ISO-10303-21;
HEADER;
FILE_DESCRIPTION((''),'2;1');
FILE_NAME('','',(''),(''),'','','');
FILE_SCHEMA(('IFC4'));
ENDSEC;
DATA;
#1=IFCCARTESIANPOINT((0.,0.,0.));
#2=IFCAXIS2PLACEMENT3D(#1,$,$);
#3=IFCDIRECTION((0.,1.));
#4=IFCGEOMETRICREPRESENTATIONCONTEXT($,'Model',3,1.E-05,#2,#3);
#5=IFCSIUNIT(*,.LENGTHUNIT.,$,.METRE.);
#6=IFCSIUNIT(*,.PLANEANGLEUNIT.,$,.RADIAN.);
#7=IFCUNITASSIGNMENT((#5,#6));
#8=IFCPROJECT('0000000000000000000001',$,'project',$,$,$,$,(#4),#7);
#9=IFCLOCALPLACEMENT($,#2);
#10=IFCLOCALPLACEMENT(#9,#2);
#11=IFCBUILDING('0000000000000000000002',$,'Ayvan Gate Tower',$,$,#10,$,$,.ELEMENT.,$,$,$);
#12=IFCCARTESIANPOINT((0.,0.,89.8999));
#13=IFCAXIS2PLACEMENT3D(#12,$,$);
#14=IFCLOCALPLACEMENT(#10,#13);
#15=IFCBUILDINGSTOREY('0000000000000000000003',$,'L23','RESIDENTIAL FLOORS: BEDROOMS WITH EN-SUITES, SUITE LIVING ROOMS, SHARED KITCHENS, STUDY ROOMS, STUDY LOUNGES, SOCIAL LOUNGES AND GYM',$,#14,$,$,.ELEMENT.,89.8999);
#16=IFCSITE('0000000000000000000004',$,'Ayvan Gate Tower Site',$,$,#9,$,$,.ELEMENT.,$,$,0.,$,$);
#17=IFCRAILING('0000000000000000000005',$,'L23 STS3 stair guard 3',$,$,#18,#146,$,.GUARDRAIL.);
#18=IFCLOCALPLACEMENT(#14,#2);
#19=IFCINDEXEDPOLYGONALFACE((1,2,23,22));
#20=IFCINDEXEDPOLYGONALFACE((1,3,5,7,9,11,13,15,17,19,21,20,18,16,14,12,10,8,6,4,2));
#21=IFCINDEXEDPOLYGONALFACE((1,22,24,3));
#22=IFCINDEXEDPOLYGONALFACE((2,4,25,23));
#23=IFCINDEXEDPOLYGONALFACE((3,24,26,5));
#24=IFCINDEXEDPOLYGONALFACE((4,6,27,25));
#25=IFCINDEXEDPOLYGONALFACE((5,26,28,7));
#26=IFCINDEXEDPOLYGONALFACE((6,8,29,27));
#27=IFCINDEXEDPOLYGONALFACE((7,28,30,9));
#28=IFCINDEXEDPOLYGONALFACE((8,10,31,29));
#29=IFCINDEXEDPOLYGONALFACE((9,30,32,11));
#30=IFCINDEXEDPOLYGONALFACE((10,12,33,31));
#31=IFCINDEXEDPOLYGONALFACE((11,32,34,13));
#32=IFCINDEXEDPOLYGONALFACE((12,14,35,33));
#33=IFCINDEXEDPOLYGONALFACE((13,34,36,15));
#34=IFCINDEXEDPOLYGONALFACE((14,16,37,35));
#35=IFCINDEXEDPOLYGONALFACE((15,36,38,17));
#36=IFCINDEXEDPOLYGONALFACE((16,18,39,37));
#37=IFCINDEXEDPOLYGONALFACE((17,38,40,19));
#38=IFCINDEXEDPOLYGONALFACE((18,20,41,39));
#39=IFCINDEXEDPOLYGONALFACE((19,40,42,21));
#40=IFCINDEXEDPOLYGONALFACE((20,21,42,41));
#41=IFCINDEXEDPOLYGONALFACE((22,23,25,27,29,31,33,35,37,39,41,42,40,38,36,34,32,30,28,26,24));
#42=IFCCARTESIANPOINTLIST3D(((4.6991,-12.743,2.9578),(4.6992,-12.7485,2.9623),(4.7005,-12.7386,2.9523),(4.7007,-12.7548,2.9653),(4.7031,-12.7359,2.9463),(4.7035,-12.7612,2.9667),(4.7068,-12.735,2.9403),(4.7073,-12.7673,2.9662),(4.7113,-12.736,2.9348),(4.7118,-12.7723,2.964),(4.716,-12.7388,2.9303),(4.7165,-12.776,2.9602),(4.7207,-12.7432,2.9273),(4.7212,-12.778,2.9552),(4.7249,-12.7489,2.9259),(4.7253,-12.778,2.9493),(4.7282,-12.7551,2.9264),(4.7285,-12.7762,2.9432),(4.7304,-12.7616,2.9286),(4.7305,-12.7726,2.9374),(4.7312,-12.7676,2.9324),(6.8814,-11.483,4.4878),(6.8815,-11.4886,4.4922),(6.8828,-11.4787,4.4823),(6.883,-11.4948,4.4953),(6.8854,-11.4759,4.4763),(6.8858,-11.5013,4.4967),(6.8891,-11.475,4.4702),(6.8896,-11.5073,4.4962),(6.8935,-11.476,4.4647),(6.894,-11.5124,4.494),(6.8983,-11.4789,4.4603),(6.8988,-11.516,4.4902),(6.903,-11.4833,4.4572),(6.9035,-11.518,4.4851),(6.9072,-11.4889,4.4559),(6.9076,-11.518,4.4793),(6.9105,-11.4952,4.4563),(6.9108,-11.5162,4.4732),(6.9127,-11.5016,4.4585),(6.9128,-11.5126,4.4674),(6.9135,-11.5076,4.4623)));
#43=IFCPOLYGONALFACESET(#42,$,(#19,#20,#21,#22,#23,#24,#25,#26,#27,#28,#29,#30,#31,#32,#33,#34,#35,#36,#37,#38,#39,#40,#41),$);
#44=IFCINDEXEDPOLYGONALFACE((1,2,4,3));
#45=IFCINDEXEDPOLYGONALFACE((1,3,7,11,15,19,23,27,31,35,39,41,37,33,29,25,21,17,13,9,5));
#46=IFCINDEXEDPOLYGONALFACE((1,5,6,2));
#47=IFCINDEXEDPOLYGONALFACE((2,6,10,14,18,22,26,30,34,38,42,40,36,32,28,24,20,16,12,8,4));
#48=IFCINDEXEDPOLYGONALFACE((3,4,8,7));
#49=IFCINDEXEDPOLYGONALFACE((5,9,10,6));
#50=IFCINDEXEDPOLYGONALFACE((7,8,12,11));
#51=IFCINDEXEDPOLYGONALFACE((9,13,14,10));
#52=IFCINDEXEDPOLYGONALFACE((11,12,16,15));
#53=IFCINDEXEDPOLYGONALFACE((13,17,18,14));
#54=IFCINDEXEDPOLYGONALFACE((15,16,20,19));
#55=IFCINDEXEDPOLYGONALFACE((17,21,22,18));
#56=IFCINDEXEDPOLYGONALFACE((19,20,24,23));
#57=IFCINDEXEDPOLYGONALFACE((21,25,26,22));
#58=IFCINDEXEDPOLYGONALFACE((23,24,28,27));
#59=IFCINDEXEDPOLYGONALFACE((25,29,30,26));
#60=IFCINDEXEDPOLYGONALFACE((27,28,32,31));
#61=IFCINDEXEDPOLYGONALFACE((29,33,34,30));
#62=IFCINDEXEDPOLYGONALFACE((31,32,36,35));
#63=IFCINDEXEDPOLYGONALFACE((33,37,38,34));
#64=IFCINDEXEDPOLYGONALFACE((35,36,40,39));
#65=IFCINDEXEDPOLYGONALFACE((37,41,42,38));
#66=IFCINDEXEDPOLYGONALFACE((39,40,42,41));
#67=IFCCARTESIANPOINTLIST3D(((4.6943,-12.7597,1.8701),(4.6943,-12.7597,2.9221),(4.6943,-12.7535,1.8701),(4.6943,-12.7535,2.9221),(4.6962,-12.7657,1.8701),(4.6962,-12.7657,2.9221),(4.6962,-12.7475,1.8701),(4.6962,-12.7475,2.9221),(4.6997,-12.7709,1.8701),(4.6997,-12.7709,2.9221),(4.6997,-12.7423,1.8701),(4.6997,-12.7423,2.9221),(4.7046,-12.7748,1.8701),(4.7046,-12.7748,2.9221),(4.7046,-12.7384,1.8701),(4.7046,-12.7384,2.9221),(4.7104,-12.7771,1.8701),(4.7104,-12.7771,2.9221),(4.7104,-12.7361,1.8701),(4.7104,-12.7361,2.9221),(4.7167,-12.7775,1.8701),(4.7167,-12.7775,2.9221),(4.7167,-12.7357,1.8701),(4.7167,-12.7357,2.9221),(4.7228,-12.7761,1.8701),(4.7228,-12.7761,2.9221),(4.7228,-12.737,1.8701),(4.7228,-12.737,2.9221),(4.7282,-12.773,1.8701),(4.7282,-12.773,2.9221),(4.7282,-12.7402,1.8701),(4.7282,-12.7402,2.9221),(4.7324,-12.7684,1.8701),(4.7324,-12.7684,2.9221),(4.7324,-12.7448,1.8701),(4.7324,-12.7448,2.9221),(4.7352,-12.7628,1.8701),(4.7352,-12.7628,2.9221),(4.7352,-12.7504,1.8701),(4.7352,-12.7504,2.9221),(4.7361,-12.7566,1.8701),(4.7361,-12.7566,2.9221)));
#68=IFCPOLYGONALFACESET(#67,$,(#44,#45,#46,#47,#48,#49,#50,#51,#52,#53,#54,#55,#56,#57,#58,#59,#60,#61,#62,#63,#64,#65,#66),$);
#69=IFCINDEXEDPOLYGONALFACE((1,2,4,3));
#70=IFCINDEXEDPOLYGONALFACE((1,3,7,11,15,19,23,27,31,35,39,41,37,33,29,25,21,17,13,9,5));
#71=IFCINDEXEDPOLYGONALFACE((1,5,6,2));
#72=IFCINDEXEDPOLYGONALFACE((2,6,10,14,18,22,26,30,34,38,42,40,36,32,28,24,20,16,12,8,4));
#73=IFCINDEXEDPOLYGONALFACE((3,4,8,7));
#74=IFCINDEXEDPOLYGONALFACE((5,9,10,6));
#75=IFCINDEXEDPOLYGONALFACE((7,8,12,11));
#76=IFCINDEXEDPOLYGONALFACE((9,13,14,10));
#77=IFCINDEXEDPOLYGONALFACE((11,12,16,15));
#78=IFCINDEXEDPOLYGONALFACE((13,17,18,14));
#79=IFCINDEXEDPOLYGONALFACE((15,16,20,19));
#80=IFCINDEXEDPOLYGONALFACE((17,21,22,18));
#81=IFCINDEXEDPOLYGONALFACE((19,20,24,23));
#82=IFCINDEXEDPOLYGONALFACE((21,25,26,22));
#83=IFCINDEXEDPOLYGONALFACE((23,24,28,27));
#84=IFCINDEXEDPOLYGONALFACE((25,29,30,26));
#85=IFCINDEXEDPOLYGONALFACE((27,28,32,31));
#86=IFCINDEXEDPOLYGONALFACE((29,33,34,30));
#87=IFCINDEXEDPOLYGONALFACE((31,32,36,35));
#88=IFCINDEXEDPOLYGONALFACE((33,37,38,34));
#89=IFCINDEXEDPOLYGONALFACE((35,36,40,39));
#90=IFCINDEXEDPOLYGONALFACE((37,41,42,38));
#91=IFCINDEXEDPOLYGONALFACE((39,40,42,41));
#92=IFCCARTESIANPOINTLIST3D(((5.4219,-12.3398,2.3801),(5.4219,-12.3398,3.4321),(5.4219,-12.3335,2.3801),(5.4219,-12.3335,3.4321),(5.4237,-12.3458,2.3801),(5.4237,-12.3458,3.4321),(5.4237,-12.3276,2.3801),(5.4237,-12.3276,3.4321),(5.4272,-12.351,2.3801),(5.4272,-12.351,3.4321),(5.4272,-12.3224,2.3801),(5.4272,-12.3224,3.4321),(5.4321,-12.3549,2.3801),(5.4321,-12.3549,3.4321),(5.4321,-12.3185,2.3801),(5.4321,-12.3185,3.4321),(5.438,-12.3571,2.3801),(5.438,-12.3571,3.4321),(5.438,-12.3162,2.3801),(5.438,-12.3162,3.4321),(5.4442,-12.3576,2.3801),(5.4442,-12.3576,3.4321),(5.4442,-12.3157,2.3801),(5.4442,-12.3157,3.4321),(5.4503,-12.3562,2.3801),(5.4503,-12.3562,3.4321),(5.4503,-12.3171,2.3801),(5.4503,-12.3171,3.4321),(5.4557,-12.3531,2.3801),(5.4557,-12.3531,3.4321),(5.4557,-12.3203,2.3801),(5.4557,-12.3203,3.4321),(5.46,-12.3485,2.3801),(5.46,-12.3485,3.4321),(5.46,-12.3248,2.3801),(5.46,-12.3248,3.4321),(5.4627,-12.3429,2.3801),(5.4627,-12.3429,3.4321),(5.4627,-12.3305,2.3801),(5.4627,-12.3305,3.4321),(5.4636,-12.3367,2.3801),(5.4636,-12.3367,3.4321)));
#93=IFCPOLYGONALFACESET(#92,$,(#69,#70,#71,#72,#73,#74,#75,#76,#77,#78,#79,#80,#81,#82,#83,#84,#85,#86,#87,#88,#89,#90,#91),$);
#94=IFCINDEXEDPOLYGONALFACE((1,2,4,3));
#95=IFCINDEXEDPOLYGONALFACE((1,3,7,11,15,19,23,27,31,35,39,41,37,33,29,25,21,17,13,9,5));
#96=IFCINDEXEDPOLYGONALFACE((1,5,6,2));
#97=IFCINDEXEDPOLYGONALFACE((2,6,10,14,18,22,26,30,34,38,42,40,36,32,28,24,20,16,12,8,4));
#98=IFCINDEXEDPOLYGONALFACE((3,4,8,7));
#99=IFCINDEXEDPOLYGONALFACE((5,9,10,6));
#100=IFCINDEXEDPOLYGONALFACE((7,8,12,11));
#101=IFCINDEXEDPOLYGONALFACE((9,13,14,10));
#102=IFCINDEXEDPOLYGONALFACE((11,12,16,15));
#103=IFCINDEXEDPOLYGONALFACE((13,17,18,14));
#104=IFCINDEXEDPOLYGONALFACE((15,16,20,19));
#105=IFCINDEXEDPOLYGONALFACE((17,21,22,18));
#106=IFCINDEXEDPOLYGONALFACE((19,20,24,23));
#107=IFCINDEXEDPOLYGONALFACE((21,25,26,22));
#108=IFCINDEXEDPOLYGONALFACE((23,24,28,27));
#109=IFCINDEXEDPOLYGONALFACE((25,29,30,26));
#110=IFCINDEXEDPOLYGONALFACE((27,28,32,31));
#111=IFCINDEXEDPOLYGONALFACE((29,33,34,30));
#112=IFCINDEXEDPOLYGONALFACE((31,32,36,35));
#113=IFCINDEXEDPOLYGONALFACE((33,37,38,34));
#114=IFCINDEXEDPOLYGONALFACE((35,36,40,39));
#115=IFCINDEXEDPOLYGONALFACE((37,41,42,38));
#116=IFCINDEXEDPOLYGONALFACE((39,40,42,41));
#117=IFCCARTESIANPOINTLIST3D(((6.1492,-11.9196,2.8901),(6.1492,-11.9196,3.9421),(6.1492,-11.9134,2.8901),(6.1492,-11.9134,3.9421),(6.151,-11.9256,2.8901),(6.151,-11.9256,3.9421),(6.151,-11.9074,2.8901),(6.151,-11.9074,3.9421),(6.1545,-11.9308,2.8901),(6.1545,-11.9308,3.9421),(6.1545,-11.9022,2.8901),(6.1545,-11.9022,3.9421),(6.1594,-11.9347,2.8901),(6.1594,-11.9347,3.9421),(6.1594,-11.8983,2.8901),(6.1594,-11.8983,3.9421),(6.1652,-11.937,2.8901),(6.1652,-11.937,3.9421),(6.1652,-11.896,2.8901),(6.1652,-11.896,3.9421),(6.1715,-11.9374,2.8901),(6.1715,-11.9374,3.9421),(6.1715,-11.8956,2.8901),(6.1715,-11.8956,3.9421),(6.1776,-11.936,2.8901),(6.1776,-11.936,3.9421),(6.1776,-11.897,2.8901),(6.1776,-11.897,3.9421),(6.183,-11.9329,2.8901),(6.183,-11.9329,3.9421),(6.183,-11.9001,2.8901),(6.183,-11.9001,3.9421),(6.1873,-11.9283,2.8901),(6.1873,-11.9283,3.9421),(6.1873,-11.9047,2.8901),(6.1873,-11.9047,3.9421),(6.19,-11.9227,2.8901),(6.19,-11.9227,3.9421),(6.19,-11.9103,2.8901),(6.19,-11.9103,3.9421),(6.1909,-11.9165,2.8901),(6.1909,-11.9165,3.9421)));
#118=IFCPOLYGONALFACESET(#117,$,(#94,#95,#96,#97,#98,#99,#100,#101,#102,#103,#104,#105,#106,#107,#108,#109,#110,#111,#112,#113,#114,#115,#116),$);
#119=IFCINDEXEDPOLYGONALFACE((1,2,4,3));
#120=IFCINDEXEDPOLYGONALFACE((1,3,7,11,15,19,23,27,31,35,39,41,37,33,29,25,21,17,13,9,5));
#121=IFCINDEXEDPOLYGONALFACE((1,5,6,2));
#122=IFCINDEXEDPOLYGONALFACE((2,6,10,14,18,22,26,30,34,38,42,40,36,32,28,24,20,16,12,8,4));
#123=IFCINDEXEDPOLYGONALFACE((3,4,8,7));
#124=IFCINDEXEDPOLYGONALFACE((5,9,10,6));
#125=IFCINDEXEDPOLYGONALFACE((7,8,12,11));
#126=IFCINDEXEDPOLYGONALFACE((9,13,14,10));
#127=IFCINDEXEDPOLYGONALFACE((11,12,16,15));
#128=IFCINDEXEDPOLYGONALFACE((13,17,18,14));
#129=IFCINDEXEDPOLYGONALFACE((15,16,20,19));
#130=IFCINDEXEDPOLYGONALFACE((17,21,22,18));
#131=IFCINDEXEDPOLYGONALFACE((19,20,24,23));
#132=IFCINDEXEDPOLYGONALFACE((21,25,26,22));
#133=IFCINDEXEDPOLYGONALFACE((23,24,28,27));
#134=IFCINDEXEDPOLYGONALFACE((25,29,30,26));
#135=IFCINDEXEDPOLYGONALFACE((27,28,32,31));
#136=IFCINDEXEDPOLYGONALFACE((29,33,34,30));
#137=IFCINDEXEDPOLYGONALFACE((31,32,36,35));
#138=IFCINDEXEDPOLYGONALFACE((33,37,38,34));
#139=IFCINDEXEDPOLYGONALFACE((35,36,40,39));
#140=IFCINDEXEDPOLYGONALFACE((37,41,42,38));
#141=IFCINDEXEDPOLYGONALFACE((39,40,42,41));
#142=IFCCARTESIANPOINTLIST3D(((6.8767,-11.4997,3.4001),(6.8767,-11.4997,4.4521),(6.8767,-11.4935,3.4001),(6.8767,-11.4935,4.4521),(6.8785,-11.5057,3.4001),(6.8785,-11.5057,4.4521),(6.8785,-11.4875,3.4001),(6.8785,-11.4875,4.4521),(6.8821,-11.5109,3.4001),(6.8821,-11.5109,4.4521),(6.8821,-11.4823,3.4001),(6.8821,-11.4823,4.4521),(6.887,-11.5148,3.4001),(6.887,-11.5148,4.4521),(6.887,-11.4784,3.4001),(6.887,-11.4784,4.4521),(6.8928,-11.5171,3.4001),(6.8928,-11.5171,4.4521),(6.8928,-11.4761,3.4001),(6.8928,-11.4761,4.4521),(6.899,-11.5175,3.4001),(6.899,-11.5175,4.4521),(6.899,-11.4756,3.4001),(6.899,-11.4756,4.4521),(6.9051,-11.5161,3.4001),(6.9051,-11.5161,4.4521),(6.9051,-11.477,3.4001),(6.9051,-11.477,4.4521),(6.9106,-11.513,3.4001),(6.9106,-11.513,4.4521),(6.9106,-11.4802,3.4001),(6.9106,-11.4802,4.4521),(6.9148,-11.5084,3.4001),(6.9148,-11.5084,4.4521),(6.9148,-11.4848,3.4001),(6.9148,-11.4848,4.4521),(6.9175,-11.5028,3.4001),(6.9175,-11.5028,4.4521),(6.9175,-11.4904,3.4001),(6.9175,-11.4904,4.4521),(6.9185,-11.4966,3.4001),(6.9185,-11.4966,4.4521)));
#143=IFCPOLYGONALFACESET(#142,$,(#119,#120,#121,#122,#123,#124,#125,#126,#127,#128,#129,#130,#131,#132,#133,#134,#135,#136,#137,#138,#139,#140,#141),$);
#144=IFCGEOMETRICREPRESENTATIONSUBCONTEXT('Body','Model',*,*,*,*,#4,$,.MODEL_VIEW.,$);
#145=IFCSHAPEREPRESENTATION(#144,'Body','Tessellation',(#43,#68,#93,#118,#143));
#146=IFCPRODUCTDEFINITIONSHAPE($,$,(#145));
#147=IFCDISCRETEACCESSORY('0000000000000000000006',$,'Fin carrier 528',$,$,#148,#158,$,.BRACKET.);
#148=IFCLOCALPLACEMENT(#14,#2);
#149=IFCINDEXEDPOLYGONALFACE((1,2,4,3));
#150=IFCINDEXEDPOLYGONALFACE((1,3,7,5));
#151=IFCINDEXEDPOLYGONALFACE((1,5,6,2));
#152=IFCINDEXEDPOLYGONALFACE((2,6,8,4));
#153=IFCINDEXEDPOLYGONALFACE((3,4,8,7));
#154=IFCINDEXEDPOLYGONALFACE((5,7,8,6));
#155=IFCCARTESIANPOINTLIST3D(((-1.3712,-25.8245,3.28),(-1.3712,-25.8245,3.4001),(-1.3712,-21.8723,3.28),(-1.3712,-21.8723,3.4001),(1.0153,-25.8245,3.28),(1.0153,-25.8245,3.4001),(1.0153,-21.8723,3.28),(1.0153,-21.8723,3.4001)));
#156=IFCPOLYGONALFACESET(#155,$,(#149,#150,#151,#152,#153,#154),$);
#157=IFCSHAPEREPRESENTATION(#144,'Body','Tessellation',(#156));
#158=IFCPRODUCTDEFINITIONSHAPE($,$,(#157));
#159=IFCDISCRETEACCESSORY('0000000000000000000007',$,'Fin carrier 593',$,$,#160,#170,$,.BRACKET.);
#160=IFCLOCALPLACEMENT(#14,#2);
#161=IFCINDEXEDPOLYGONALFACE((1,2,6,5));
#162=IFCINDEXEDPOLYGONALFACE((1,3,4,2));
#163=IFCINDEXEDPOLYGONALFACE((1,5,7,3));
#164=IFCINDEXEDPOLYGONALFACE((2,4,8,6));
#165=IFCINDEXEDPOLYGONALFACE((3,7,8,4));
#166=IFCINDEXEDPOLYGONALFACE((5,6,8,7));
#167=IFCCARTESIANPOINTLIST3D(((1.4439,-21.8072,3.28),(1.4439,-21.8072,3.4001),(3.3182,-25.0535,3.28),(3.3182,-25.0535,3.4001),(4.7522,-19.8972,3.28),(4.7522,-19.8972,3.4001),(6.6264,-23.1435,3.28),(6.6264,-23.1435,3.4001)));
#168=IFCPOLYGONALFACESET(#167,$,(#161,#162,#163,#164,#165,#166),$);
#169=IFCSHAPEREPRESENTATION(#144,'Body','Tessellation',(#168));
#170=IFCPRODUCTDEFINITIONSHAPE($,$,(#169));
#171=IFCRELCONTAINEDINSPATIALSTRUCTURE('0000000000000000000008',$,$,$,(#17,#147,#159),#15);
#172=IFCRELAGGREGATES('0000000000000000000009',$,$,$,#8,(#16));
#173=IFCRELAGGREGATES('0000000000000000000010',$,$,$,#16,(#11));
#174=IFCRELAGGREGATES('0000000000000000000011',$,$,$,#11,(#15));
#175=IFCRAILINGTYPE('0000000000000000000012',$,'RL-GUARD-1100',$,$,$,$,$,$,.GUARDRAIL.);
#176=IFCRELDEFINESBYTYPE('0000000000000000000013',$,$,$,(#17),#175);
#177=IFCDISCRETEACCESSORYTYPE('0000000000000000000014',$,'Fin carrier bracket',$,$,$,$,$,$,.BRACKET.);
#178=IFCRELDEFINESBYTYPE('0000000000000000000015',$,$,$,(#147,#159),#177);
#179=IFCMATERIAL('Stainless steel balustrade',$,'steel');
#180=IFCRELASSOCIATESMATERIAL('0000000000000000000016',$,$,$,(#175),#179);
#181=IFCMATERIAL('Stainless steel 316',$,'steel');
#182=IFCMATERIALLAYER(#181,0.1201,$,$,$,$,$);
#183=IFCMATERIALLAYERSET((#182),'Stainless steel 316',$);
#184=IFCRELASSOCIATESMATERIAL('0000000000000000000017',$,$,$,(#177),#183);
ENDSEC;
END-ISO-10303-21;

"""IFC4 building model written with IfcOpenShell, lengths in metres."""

from ifc_helpers import new_model, si_unit, direction, frame, origin, origin_2d, place, context, subcontext, project, spatial, rectangle, circle, extrude, material, layer, layer_set, type_object, element, save


model = new_model("IFC4")

# Units and contexts
model_context = context("Model", 3, precision=1e-05, world=origin(), true_north=direction((0.0, 1.0)))
body_context = subcontext(model_context, "Body", "Model", "MODEL_VIEW")
ifc_project = project(units=[si_unit("LENGTHUNIT", "METRE"), si_unit("PLANEANGLEUNIT", "RADIAN")], contexts=[model_context])

# Site, building, storey
site_placement = place(None, origin())
site = spatial("IfcSite", under=ifc_project, at=site_placement, Name="Ayvan Gate Tower Site", CompositionType="ELEMENT", RefElevation=0.0)
building_placement = place(site_placement, origin())
building = spatial("IfcBuilding", under=site, at=building_placement, Name="Ayvan Gate Tower", CompositionType="ELEMENT")
storey_placement = place(building_placement, frame((0.0, 0.0, 89.8999)))
storey = spatial("IfcBuildingStorey", under=building, at=storey_placement, Name="L23", Description="RESIDENTIAL FLOORS: BEDROOMS WITH EN-SUITES, SUITE LIVING ROOMS, SHARED KITCHENS, STUDY ROOMS, STUDY LOUNGES, SOCIAL LOUNGES AND GYM", CompositionType="ELEMENT", Elevation=89.8999)

# Railing
ifc_material_1 = material(Name="Stainless steel balustrade", Category="steel")
railing_type = type_object("IfcRailingType", Name="RL-GUARD-1100", PredefinedType="GUARDRAIL", material=ifc_material_1)
railing_placement = place(storey_placement, frame((4.7151, -12.7566, 1.8701)))
element("IfcRailing", 1, at=railing_placement, inside=storey, type_object=railing_type, Name="L23 STS3 stair guard 3", PredefinedType="GUARDRAIL", context=body_context, shape_type="SweptSolid", body=[
    extrude(circle(Radius=0.0239, at=origin_2d()), frame((0.0, 0.0, 1.0762), z_axis=(0.740261, 0.427395, 0.518986), x_axis=(-0.500005, 0.866023, 0.0)), (0.0, 0.0, 1.0), 2.948),
    extrude(circle(Radius=0.021, at=origin_2d()), origin(), (0.0, 0.0, 1.0), 1.052),
    extrude(circle(Radius=0.021, at=origin_2d()), frame((0.7275, 0.4199, 0.51)), (0.0, 0.0, 1.0), 1.052),
    extrude(circle(Radius=0.021, at=origin_2d()), frame((1.4548, 0.8401, 1.02)), (0.0, 0.0, 1.0), 1.052),
    extrude(circle(Radius=0.021, at=origin_2d()), frame((2.1824, 1.26, 1.53)), (0.0, 0.0, 1.0), 1.052),
])

# Discrete accessories
ifc_material_2 = material(Name="Stainless steel 316", Category="steel")
ifc_layer_1 = layer(ifc_material_2, 0.1201)
ifc_layer_set_1 = layer_set([ifc_layer_1], Name="Stainless steel 316")
discrete_accessory_type = type_object("IfcDiscreteAccessoryType", Name="Fin carrier bracket", PredefinedType="BRACKET", material=ifc_layer_set_1)
discrete_accessory_1_placement = place(storey_placement, frame((-0.178, -23.8484, 3.28), z_axis=(0.0, 0.0, 1.0), x_axis=(1.0, 0.0, 0.0)))
element("IfcDiscreteAccessory", 2, at=discrete_accessory_1_placement, inside=storey, type_object=discrete_accessory_type, Name="Fin carrier 528", PredefinedType="BRACKET", context=body_context, shape_type="SweptSolid", body=[
    extrude(rectangle(XDim=2.3865, YDim=3.9521, at=origin_2d()), origin(), (0.0, 0.0, 1.0), 0.1201),
])
discrete_accessory_2_placement = place(storey_placement, frame((4.0352, -22.4753, 3.28), z_axis=(0.0, 0.0, 1.0), x_axis=(0.866025, 0.5, 0.0)))
element("IfcDiscreteAccessory", 3, at=discrete_accessory_2_placement, inside=storey, type_object=discrete_accessory_type, Name="Fin carrier 593", PredefinedType="BRACKET", context=body_context, shape_type="SweptSolid", body=[
    extrude(rectangle(XDim=3.8201, YDim=3.7485, at=origin_2d()), origin(), (0.0, 0.0, 1.0), 0.1201),
])

save(model, "model.ifc")
